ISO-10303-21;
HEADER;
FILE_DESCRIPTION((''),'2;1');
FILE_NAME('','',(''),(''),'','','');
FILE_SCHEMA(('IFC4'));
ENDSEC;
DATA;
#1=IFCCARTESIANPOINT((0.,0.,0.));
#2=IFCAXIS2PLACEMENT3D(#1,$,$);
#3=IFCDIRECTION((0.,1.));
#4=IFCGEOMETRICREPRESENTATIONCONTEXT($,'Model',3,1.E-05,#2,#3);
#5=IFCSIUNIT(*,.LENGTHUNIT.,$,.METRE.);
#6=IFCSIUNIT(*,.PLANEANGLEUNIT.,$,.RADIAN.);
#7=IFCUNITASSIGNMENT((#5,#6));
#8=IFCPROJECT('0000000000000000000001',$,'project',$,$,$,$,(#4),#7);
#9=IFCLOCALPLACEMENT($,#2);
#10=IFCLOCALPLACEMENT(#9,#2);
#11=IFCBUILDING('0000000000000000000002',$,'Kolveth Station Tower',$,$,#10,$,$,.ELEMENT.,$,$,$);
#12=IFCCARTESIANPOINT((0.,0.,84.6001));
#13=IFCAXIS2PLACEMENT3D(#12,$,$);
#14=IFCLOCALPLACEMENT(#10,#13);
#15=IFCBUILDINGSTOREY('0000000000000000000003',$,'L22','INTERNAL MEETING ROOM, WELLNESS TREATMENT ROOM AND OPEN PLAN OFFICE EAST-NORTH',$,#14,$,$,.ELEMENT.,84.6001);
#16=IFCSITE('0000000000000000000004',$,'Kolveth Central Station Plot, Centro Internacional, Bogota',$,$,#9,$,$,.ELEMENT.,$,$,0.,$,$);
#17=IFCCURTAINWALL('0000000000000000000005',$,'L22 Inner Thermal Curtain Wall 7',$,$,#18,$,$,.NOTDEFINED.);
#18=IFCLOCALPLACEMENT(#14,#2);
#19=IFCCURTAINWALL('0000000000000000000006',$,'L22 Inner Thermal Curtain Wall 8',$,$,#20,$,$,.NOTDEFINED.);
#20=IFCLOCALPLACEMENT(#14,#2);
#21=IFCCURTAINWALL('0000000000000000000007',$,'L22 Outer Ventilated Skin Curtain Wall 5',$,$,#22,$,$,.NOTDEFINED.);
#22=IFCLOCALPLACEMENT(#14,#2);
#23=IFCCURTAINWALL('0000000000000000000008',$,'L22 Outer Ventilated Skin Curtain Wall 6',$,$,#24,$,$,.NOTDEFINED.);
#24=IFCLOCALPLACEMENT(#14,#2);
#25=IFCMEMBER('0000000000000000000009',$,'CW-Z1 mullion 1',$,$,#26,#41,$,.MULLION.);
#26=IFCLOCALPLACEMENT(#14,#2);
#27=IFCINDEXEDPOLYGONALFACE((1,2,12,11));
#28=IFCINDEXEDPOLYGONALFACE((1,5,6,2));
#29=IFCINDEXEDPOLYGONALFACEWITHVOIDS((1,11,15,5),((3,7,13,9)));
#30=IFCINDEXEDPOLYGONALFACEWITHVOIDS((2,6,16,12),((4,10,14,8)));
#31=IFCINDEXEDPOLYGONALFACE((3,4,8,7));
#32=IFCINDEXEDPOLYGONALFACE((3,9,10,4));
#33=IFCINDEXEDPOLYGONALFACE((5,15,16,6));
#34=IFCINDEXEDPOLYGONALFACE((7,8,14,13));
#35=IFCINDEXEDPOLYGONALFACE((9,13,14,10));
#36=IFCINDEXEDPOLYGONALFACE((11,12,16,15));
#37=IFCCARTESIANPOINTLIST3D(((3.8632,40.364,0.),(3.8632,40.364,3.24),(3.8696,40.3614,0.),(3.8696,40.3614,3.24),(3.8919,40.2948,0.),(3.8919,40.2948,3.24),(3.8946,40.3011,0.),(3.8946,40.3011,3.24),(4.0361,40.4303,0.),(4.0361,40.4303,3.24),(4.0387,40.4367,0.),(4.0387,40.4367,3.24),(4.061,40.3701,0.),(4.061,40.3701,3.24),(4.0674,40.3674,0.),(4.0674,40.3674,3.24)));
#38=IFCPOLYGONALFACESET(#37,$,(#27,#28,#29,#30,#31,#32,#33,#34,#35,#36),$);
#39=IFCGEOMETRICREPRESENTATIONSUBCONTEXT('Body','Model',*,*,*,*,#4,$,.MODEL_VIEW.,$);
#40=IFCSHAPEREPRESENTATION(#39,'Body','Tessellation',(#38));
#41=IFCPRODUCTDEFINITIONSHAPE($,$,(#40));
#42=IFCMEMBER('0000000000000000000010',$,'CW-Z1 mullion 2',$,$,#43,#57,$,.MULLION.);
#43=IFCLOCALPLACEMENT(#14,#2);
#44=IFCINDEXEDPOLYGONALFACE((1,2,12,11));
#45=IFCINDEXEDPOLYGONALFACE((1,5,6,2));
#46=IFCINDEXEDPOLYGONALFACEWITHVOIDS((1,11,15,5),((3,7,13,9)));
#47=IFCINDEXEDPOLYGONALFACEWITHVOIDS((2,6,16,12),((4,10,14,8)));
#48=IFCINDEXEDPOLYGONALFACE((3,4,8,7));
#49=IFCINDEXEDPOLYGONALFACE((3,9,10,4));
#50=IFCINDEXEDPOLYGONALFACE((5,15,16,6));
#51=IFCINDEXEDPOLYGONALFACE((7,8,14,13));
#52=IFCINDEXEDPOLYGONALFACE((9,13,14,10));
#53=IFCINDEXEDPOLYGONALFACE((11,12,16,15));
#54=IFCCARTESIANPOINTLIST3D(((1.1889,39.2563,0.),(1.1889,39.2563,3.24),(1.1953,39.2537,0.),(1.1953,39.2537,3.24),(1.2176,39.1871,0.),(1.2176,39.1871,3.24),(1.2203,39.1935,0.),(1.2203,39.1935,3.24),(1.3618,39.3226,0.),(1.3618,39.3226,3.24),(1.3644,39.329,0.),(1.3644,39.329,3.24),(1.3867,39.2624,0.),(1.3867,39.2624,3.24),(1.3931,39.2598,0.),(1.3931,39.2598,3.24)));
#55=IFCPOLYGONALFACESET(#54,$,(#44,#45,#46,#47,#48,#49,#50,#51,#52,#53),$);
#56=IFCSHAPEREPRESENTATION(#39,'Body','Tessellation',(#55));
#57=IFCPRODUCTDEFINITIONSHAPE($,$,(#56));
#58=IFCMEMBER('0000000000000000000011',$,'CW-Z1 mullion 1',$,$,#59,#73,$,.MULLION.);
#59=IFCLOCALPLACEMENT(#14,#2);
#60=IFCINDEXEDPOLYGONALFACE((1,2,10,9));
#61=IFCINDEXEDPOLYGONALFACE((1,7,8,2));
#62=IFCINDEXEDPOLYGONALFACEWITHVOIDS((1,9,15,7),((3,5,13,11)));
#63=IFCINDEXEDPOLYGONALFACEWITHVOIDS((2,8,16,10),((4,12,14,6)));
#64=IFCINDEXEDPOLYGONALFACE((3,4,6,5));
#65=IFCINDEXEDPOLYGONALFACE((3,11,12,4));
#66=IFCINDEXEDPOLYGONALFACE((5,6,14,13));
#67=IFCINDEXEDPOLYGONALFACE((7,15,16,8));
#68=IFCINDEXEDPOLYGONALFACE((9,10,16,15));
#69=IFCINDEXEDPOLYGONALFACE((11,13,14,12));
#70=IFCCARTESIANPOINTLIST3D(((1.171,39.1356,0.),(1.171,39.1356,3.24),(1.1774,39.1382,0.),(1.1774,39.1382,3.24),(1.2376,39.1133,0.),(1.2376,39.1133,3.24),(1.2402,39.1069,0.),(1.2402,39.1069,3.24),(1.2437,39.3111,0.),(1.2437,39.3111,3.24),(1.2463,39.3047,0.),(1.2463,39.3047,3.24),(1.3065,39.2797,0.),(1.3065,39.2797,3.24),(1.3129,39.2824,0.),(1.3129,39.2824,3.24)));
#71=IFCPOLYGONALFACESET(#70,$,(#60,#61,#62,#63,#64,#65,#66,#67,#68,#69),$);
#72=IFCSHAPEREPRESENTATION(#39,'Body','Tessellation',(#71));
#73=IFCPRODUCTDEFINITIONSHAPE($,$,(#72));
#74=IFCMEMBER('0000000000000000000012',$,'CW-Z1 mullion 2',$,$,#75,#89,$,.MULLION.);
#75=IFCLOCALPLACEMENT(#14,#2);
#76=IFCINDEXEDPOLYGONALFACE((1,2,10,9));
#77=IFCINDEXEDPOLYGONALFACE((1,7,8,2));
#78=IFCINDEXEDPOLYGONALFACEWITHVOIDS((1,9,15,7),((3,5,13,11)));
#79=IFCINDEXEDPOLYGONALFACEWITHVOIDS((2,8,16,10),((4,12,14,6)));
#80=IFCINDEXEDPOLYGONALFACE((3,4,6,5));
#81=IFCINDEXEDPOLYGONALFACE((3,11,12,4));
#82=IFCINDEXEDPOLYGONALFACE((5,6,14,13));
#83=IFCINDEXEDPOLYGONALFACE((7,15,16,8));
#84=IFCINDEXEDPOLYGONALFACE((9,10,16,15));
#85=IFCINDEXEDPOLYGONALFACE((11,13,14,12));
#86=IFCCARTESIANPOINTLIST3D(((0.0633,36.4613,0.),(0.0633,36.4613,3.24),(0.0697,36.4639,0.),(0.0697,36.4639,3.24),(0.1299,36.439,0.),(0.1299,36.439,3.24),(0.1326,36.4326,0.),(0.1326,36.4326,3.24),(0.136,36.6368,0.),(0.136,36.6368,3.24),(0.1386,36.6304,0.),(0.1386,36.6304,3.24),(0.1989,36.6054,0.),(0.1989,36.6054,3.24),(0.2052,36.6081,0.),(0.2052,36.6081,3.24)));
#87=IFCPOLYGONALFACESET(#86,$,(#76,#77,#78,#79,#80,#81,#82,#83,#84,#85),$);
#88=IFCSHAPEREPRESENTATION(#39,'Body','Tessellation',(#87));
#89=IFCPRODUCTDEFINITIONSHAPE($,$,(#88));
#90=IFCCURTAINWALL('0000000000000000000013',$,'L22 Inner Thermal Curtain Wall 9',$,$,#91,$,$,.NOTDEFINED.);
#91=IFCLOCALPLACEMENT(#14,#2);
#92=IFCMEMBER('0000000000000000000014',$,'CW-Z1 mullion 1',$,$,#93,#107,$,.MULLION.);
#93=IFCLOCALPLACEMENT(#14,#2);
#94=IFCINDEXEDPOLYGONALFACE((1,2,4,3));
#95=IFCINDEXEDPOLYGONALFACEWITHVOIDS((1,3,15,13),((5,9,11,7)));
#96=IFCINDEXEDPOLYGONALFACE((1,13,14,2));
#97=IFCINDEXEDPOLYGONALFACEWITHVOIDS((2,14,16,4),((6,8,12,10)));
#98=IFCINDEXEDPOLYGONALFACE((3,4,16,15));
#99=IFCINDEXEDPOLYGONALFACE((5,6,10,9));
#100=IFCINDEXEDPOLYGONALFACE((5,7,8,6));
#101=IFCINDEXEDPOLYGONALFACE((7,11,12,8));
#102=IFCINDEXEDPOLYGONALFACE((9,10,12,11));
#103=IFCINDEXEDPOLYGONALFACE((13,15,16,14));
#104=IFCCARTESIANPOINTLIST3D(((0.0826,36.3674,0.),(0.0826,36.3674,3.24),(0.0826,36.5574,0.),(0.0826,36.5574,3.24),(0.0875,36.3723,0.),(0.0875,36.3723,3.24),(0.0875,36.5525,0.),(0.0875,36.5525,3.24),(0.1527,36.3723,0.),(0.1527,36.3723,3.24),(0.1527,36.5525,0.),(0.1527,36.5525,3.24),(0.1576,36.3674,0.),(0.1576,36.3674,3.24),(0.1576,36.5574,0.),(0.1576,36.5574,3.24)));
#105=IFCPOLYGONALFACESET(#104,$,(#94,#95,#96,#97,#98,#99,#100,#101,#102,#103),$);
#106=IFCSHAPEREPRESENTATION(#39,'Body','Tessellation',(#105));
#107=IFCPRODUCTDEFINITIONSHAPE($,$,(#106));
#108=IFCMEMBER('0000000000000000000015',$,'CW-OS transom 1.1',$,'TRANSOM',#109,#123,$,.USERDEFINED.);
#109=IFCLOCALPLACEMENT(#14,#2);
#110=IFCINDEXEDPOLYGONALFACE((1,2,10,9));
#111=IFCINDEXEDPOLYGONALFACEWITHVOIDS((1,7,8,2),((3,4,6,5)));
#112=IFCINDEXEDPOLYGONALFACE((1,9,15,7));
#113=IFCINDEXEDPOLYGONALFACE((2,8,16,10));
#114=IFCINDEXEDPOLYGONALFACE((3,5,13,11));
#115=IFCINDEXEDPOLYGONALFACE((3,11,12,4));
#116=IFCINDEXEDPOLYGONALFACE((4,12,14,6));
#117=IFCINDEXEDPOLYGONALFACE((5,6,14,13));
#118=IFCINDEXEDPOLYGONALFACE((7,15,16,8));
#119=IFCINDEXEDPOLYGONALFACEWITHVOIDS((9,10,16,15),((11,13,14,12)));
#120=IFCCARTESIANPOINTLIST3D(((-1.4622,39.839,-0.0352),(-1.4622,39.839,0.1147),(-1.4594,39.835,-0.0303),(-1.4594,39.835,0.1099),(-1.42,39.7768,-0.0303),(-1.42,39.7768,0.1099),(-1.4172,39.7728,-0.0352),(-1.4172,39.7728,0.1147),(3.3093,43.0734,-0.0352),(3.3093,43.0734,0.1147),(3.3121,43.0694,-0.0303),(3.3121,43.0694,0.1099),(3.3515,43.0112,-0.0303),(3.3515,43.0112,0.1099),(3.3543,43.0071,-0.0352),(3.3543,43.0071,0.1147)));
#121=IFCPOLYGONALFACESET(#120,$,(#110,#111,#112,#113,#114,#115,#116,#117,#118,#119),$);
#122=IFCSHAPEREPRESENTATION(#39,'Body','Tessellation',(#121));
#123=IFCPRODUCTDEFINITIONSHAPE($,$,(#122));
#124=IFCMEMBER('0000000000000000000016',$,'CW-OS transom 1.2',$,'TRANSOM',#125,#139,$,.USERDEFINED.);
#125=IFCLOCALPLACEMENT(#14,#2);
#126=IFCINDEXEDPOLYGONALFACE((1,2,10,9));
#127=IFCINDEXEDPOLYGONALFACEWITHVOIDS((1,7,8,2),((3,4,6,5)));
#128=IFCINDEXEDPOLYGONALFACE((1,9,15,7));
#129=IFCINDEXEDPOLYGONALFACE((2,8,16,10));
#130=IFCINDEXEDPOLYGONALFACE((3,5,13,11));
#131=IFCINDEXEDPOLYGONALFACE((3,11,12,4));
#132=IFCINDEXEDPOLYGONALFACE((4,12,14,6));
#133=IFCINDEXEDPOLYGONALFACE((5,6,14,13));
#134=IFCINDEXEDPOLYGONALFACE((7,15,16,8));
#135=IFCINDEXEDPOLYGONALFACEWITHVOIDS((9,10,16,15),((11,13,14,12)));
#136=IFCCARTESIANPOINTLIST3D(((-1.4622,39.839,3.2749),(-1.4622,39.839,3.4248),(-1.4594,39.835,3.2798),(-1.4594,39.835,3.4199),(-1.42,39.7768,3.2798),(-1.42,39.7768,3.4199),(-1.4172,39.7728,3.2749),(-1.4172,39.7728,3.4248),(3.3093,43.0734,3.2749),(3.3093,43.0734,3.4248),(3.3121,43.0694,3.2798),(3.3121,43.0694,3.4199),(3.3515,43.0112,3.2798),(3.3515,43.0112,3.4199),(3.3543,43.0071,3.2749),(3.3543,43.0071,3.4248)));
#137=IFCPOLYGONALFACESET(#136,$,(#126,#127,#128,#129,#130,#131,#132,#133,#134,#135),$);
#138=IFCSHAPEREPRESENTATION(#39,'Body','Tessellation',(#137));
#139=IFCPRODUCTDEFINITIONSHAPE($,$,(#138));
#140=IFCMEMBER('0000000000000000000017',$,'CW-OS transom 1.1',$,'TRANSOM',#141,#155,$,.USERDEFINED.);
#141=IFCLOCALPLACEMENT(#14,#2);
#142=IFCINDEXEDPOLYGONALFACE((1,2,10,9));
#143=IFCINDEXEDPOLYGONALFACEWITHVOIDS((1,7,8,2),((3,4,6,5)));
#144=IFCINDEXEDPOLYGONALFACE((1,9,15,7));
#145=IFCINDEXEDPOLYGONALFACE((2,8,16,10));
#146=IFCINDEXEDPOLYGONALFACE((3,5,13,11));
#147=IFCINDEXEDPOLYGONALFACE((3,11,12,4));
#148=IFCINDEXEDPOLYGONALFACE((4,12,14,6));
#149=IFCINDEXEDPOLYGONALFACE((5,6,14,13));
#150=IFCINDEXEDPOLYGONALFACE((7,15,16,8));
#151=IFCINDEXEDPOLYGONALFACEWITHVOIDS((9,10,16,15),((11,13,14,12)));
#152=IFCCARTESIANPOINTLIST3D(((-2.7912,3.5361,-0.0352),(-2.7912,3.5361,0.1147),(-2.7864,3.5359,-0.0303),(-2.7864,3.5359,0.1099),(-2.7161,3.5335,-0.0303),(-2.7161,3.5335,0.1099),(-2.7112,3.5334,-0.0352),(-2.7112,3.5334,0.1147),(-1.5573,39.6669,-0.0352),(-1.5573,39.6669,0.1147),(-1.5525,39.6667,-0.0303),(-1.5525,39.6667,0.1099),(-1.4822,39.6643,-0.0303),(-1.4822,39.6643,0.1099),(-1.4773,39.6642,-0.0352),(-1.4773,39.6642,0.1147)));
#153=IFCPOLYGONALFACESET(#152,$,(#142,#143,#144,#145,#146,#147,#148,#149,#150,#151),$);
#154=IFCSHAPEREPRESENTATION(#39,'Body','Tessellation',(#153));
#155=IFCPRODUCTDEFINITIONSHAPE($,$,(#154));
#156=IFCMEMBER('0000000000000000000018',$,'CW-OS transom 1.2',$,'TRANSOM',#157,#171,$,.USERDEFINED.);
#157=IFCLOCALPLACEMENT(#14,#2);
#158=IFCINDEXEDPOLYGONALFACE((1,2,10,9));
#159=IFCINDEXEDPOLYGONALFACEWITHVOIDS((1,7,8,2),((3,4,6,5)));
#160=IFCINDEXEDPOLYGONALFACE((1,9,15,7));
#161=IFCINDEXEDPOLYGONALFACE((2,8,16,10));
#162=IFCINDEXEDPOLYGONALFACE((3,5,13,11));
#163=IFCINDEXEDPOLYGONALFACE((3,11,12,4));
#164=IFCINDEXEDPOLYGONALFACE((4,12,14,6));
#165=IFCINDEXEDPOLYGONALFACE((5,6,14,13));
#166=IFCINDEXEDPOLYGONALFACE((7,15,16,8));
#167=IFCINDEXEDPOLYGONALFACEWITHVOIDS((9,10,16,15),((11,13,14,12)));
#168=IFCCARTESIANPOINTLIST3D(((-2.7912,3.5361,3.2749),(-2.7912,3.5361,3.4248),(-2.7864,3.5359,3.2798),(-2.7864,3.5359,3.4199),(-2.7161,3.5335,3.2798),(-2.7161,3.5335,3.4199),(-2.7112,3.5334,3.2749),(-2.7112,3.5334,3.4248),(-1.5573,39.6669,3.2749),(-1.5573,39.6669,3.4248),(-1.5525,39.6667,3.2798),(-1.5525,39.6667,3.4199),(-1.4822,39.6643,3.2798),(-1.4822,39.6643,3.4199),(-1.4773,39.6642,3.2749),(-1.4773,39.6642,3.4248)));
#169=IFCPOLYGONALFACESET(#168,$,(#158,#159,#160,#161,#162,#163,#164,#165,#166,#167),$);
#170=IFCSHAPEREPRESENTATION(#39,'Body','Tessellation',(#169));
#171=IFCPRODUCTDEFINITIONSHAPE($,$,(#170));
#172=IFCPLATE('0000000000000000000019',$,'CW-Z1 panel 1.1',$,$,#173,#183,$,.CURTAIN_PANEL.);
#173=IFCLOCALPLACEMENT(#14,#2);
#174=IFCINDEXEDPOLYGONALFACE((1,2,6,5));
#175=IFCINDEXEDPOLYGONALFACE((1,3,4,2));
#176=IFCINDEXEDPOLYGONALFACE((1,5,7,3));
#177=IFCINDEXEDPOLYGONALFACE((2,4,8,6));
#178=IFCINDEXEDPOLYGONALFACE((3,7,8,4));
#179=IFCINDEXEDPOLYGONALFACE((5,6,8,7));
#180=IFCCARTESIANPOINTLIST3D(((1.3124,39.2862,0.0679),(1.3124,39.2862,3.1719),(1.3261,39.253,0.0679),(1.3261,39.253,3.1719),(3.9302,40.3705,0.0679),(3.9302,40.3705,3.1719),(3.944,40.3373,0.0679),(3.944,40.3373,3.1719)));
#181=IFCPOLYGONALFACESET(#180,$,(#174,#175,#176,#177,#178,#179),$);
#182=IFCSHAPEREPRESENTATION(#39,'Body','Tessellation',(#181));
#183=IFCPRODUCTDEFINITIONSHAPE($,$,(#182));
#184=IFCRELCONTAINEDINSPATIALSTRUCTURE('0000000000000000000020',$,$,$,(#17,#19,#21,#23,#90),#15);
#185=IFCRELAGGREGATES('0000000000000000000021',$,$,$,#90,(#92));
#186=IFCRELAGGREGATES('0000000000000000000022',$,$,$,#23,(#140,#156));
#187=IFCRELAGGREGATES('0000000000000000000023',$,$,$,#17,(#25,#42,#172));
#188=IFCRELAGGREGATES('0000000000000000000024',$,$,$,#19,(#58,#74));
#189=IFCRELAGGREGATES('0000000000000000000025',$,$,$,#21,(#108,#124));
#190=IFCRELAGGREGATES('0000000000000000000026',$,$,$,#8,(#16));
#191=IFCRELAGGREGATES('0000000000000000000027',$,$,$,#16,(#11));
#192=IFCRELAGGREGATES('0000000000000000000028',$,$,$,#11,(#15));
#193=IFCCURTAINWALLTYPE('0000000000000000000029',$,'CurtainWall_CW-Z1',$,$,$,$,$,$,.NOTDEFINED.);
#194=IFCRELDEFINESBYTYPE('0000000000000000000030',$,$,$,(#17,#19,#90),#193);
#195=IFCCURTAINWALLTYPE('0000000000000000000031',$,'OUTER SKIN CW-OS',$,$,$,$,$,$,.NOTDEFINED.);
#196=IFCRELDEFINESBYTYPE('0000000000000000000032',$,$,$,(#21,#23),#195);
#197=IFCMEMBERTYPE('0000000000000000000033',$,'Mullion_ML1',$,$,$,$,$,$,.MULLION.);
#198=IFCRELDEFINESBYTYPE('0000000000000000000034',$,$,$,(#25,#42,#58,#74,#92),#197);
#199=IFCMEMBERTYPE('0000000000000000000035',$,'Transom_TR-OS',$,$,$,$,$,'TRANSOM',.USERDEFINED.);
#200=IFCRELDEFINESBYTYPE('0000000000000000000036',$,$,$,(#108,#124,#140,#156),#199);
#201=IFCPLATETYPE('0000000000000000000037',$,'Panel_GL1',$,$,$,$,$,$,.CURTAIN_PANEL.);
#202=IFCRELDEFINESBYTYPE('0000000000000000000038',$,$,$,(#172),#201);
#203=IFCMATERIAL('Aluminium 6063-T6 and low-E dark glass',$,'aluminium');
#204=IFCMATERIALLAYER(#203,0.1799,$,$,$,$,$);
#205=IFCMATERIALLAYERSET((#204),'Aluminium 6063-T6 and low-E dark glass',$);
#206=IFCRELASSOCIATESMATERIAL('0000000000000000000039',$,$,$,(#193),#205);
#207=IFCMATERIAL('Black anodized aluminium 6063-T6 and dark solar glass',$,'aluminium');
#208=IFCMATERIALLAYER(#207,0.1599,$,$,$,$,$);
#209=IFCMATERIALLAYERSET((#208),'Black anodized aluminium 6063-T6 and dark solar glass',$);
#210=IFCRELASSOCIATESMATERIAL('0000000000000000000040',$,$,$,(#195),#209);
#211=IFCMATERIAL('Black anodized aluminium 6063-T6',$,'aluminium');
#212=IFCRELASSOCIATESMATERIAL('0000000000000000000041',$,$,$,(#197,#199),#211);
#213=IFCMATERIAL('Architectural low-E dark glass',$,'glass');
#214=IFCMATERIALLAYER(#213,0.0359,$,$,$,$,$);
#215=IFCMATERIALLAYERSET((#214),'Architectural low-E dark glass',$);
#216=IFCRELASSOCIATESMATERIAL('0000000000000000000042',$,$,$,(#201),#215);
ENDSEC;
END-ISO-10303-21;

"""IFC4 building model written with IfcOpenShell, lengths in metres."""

from ifc_helpers import new_model, si_unit, direction, frame, origin, origin_2d, place, context, subcontext, project, spatial, rectangle, hollow_rectangle, extrude, source, transform, mapped, material, layer, layer_set, material_profile, profile_set, type_object, element, aggregate, save


model = new_model("IFC4")

# Units and contexts
model_context = context("Model", 3, precision=1e-05, world=origin(), true_north=direction((0.0, 1.0)))
body_context = subcontext(model_context, "Body", "Model", "MODEL_VIEW")
ifc_project = project(units=[si_unit("LENGTHUNIT", "METRE"), si_unit("PLANEANGLEUNIT", "RADIAN")], contexts=[model_context])

# Site, building, storey
site_placement = place(None, origin())
site = spatial("IfcSite", under=ifc_project, at=site_placement, Name="Kolveth Central Station Plot, Centro Internacional, Bogota", CompositionType="ELEMENT", RefElevation=0.0)
building_placement = place(site_placement, origin())
building = spatial("IfcBuilding", under=site, at=building_placement, Name="Kolveth Station Tower", CompositionType="ELEMENT")
storey_placement = place(building_placement, frame((0.0, 0.0, 84.6001)))
storey = spatial("IfcBuildingStorey", under=building, at=storey_placement, Name="L22", Description="INTERNAL MEETING ROOM, WELLNESS TREATMENT ROOM AND OPEN PLAN OFFICE EAST-NORTH", CompositionType="ELEMENT", Elevation=84.6001)

# Curtain walls
ifc_material_1 = material(Name="Aluminium 6063-T6 and low-E dark glass", Category="aluminium")
ifc_layer_1 = layer(ifc_material_1, 0.1799)
ifc_layer_set_1 = layer_set([ifc_layer_1], Name="Aluminium 6063-T6 and low-E dark glass")
curtain_wall_type_1 = type_object("IfcCurtainWallType", Name="CurtainWall_CW-Z1", PredefinedType="NOTDEFINED", material=ifc_layer_set_1)
curtain_wall_1_placement = place(storey_placement, origin())
curtain_wall_1 = element("IfcCurtainWall", 1, at=curtain_wall_1_placement, inside=storey, type_object=curtain_wall_type_1, Name="L22 Inner Thermal Curtain Wall 7", PredefinedType="NOTDEFINED")
ifc_material_2 = material(Name="Black anodized aluminium 6063-T6", Category="aluminium")
curtain_wall_2_placement = place(storey_placement, origin())
curtain_wall_2 = element("IfcCurtainWall", 2, at=curtain_wall_2_placement, inside=storey, type_object=curtain_wall_type_1, Name="L22 Inner Thermal Curtain Wall 8", PredefinedType="NOTDEFINED")

# Shared definitions
ifc_material_3 = material(Name="Black anodized aluminium 6063-T6 and dark solar glass", Category="aluminium")
ifc_layer_2 = layer(ifc_material_3, 0.1599)
ifc_layer_set_2 = layer_set([ifc_layer_2], Name="Black anodized aluminium 6063-T6 and dark solar glass")
curtain_wall_type_2 = type_object("IfcCurtainWallType", Name="OUTER SKIN CW-OS", PredefinedType="NOTDEFINED", material=ifc_layer_set_2)

# Curtain wall
curtain_wall_3_placement = place(storey_placement, origin())
curtain_wall_3 = element("IfcCurtainWall", 3, at=curtain_wall_3_placement, inside=storey, type_object=curtain_wall_type_2, Name="L22 Outer Ventilated Skin Curtain Wall 5", PredefinedType="NOTDEFINED")

# Curtain wall
curtain_wall_4_placement = place(storey_placement, origin())
curtain_wall_4 = element("IfcCurtainWall", 4, at=curtain_wall_4_placement, inside=storey, type_object=curtain_wall_type_2, Name="L22 Outer Ventilated Skin Curtain Wall 6", PredefinedType="NOTDEFINED")
ifc_material_profile_1 = material_profile(ifc_material_2, hollow_rectangle(XDim=0.075, YDim=0.1899, WallThickness=0.0049, at=origin_2d()), Name="ALU-75x190x5")
ifc_profile_set_1 = profile_set([ifc_material_profile_1], Name="Black anodized aluminium 6063-T6")
member_type_1 = type_object("IfcMemberType", Name="Mullion_ML1", PredefinedType="MULLION", material=ifc_profile_set_1)
shared_shape_1 = source(origin(), body_context, "Body", "SweptSolid", [
    extrude(hollow_rectangle(XDim=0.075, YDim=0.1899, WallThickness=0.0049, at=origin_2d()), origin(), (0.0, 0.0, 1.0), 3.24),
])

# Members
member_1_placement = place(storey_placement, frame((3.9653, 40.3657, 0.0), z_axis=(0.0, 0.0, 1.0), x_axis=(0.382673, -0.923884, 0.0)))
member_1 = element("IfcMember", 5, at=member_1_placement, type_object=member_type_1, Name="CW-Z1 mullion 1", PredefinedType="MULLION", context=body_context, shape_type="MappedRepresentation", body=[
    mapped(shared_shape_1, transform((0.0, 0.0, 0.0), x_axis=(1.0, 0.0, 0.0), y_axis=(0.0, 1.0, 0.0), z_axis=(0.0, 0.0, 1.0), scale=1.0)),
])
member_2_placement = place(storey_placement, frame((1.291, 39.2581, 0.0), z_axis=(0.0, 0.0, 1.0), x_axis=(0.382673, -0.923884, 0.0)))
member_2 = element("IfcMember", 6, at=member_2_placement, type_object=member_type_1, Name="CW-Z1 mullion 2", PredefinedType="MULLION", context=body_context, shape_type="MappedRepresentation", body=[
    mapped(shared_shape_1, transform((0.0, 0.0, 0.0), x_axis=(1.0, 0.0, 0.0), y_axis=(0.0, 1.0, 0.0), z_axis=(0.0, 0.0, 1.0), scale=1.0)),
])
member_3_placement = place(storey_placement, frame((1.2419, 39.209, 0.0), z_axis=(0.0, 0.0, 1.0), x_axis=(0.923884, -0.382673, 0.0)))
member_3 = element("IfcMember", 7, at=member_3_placement, type_object=member_type_1, Name="CW-Z1 mullion 1", PredefinedType="MULLION", context=body_context, shape_type="MappedRepresentation", body=[
    mapped(shared_shape_1, transform((0.0, 0.0, 0.0), x_axis=(1.0, 0.0, 0.0), y_axis=(0.0, 1.0, 0.0), z_axis=(0.0, 0.0, 1.0), scale=1.0)),
])
member_4_placement = place(storey_placement, frame((0.1343, 36.5347, 0.0), z_axis=(0.0, 0.0, 1.0), x_axis=(0.923884, -0.382673, 0.0)))
member_4 = element("IfcMember", 8, at=member_4_placement, type_object=member_type_1, Name="CW-Z1 mullion 2", PredefinedType="MULLION", context=body_context, shape_type="MappedRepresentation", body=[
    mapped(shared_shape_1, transform((0.0, 0.0, 0.0), x_axis=(1.0, 0.0, 0.0), y_axis=(0.0, 1.0, 0.0), z_axis=(0.0, 0.0, 1.0), scale=1.0)),
])

# Curtain wall, member
curtain_wall_5_placement = place(storey_placement, origin())
curtain_wall_5 = element("IfcCurtainWall", 9, at=curtain_wall_5_placement, inside=storey, type_object=curtain_wall_type_1, Name="L22 Inner Thermal Curtain Wall 9", PredefinedType="NOTDEFINED")
member_5_placement = place(storey_placement, frame((0.1201, 36.4624, 0.0), z_axis=(0.0, 0.0, 1.0), x_axis=(1.0, 0.0, 0.0)))
member_5 = element("IfcMember", 10, at=member_5_placement, type_object=member_type_1, Name="CW-Z1 mullion 1", PredefinedType="MULLION", context=body_context, shape_type="MappedRepresentation", body=[
    mapped(shared_shape_1, transform((0.0, 0.0, 0.0), x_axis=(1.0, 0.0, 0.0), y_axis=(0.0, 1.0, 0.0), z_axis=(0.0, 0.0, 1.0), scale=1.0)),
])
aggregate(curtain_wall_5, [member_5])

# Members
ifc_material_profile_2 = material_profile(ifc_material_2, hollow_rectangle(XDim=0.0801, YDim=0.1499, WallThickness=0.0049, at=origin_2d()), Name="ALU-80x150x5")
ifc_profile_set_2 = profile_set([ifc_material_profile_2], Name="Black anodized aluminium 6063-T6")
member_type_2 = type_object("IfcMemberType", Name="Transom_TR-OS", ElementType="TRANSOM", PredefinedType="USERDEFINED", material=ifc_profile_set_2)
shared_shape_2 = source(origin(), body_context, "Body", "SweptSolid", [
    extrude(hollow_rectangle(XDim=0.0801, YDim=0.1499, WallThickness=0.0049, at=origin_2d()), origin(), (0.0, 0.0, 1.0), 5.7644),
])
member_6_placement = place(storey_placement, frame((3.3318, 43.0403, 0.0398), z_axis=(-0.827751, -0.561095, 0.0), x_axis=(0.561095, -0.827751, 0.0)))
member_6 = element("IfcMember", 11, at=member_6_placement, type_object=member_type_2, Name="CW-OS transom 1.1", ObjectType="TRANSOM", PredefinedType="USERDEFINED", context=body_context, shape_type="MappedRepresentation", body=[
    mapped(shared_shape_2, transform((0.0, 0.0, 0.0), x_axis=(1.0, 0.0, 0.0), y_axis=(0.0, 1.0, 0.0), z_axis=(0.0, 0.0, 1.0), scale=1.0)),
])
member_7_placement = place(storey_placement, frame((3.3318, 43.0403, 3.3499), z_axis=(-0.827751, -0.561095, 0.0), x_axis=(0.561095, -0.827751, 0.0)))
member_7 = element("IfcMember", 12, at=member_7_placement, type_object=member_type_2, Name="CW-OS transom 1.2", ObjectType="TRANSOM", PredefinedType="USERDEFINED", context=body_context, shape_type="MappedRepresentation", body=[
    mapped(shared_shape_2, transform((0.0, 0.0, 0.0), x_axis=(1.0, 0.0, 0.0), y_axis=(0.0, 1.0, 0.0), z_axis=(0.0, 0.0, 1.0), scale=1.0)),
])
shared_shape_3 = source(origin(), body_context, "Body", "SweptSolid", [
    extrude(hollow_rectangle(XDim=0.0801, YDim=0.1499, WallThickness=0.0049, at=origin_2d()), origin(), (0.0, 0.0, 1.0), 36.1519),
])
member_8_placement = place(storey_placement, frame((-1.5173, 39.6655, 0.0398), z_axis=(-0.034131, -0.999417, 0.0), x_axis=(0.999417, -0.034131, 0.0)))
member_8 = element("IfcMember", 13, at=member_8_placement, type_object=member_type_2, Name="CW-OS transom 1.1", ObjectType="TRANSOM", PredefinedType="USERDEFINED", context=body_context, shape_type="MappedRepresentation", body=[
    mapped(shared_shape_3, transform((0.0, 0.0, 0.0), x_axis=(1.0, 0.0, 0.0), y_axis=(0.0, 1.0, 0.0), z_axis=(0.0, 0.0, 1.0), scale=1.0)),
])
member_9_placement = place(storey_placement, frame((-1.5173, 39.6655, 3.3499), z_axis=(-0.034131, -0.999417, 0.0), x_axis=(0.999417, -0.034131, 0.0)))
member_9 = element("IfcMember", 14, at=member_9_placement, type_object=member_type_2, Name="CW-OS transom 1.2", ObjectType="TRANSOM", PredefinedType="USERDEFINED", context=body_context, shape_type="MappedRepresentation", body=[
    mapped(shared_shape_3, transform((0.0, 0.0, 0.0), x_axis=(1.0, 0.0, 0.0), y_axis=(0.0, 1.0, 0.0), z_axis=(0.0, 0.0, 1.0), scale=1.0)),
])
aggregate(curtain_wall_4, [member_8, member_9])

# Plate
ifc_material_4 = material(Name="Architectural low-E dark glass", Category="glass")
ifc_layer_3 = layer(ifc_material_4, 0.0359)
ifc_layer_set_3 = layer_set([ifc_layer_3], Name="Architectural low-E dark glass")
plate_type_1 = type_object("IfcPlateType", Name="Panel_GL1", PredefinedType="CURTAIN_PANEL", material=ifc_layer_set_3)
shared_shape_4 = source(origin(), body_context, "Body", "SweptSolid", [
    extrude(rectangle(XDim=2.8335, YDim=0.0359, at=origin_2d()), origin(), (0.0, 0.0, 1.0), 3.104),
])
plate_1_placement = place(storey_placement, frame((2.6282, 39.8118, 0.0679), z_axis=(0.0, 0.0, 1.0), x_axis=(-0.923884, -0.382673, 0.0)))
plate_1 = element("IfcPlate", 15, at=plate_1_placement, type_object=plate_type_1, Name="CW-Z1 panel 1.1", PredefinedType="CURTAIN_PANEL", context=body_context, shape_type="MappedRepresentation", body=[
    mapped(shared_shape_4, transform((0.0, 0.0, 0.0), x_axis=(1.0, 0.0, 0.0), y_axis=(0.0, 1.0, 0.0), z_axis=(0.0, 0.0, 1.0), scale=1.0)),
])
aggregate(curtain_wall_1, [member_1, member_2, plate_1])
aggregate(curtain_wall_2, [member_3, member_4])
aggregate(curtain_wall_3, [member_6, member_7])

save(model, "model.ifc")
